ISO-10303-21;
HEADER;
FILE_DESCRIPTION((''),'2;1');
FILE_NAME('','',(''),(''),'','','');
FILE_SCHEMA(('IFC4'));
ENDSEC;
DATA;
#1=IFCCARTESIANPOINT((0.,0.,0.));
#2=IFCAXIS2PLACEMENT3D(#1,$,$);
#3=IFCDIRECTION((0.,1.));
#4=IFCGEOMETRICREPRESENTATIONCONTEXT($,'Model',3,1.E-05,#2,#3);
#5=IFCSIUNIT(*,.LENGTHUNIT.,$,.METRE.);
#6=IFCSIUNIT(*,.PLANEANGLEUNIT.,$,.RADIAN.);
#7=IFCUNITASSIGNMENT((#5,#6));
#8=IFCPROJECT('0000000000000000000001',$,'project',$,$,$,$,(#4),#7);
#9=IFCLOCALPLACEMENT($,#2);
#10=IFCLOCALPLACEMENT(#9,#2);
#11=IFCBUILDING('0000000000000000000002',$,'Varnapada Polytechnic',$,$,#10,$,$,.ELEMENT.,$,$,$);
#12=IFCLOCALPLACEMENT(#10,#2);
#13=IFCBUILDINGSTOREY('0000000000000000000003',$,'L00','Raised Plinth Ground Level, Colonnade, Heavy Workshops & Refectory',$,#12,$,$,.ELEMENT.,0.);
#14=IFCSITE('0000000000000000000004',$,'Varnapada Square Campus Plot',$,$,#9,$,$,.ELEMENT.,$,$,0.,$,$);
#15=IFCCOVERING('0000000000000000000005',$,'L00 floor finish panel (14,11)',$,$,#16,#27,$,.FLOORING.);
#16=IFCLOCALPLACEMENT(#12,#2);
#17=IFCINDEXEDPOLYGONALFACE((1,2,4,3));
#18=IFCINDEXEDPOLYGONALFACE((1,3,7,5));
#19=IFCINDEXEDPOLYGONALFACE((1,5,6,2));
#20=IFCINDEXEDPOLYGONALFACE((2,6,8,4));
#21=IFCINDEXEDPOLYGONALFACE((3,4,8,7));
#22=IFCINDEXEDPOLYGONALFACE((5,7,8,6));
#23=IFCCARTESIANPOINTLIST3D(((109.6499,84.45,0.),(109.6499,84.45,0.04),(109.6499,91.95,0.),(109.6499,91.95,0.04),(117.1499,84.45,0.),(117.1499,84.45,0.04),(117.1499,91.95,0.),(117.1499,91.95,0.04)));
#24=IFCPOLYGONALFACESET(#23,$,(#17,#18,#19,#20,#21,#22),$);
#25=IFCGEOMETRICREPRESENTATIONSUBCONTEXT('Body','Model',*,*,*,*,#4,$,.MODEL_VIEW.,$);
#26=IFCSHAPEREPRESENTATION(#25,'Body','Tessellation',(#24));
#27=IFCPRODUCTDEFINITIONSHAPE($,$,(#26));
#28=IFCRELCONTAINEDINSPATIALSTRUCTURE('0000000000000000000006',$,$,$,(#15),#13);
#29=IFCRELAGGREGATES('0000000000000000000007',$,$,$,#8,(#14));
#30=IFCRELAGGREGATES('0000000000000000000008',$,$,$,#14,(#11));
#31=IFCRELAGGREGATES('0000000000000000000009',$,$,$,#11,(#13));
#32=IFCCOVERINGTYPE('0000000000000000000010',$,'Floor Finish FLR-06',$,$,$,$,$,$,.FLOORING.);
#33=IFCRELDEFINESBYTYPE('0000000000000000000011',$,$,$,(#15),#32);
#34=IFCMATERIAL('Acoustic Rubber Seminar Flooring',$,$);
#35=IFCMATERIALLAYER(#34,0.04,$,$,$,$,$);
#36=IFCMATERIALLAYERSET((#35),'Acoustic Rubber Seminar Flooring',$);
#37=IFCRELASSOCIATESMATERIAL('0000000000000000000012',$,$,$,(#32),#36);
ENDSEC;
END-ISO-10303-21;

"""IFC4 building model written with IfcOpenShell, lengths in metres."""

from ifc_helpers import new_model, si_unit, direction, frame, origin, origin_2d, place, context, subcontext, project, spatial, rectangle, extrude, material, layer, layer_set, type_object, element, save


model = new_model("IFC4")

# Units and contexts
model_context = context("Model", 3, precision=1e-05, world=origin(), true_north=direction((0.0, 1.0)))
body_context = subcontext(model_context, "Body", "Model", "MODEL_VIEW")
ifc_project = project(units=[si_unit("LENGTHUNIT", "METRE"), si_unit("PLANEANGLEUNIT", "RADIAN")], contexts=[model_context])

# Site, building, storey
site_placement = place(None, origin())
site = spatial("IfcSite", under=ifc_project, at=site_placement, Name="Varnapada Square Campus Plot", CompositionType="ELEMENT", RefElevation=0.0)
building_placement = place(site_placement, origin())
building = spatial("IfcBuilding", under=site, at=building_placement, Name="Varnapada Polytechnic", CompositionType="ELEMENT")
storey_placement = place(building_placement, origin())
storey = spatial("IfcBuildingStorey", under=building, at=storey_placement, Name="L00", Description="Raised Plinth Ground Level, Colonnade, Heavy Workshops & Refectory", CompositionType="ELEMENT", Elevation=0.0)

# Covering
ifc_material_1 = material(Name="Acoustic Rubber Seminar Flooring")
ifc_layer_1 = layer(ifc_material_1, 0.04)
ifc_layer_set_1 = layer_set([ifc_layer_1], Name="Acoustic Rubber Seminar Flooring")
covering_type_1 = type_object("IfcCoveringType", Name="Floor Finish FLR-06", PredefinedType="FLOORING", material=ifc_layer_set_1)
covering_1_placement = place(storey_placement, frame((113.3999, 88.2, 0.0), z_axis=(0.0, 0.0, 1.0), x_axis=(1.0, 0.0, 0.0)))
element("IfcCovering", 1, at=covering_1_placement, inside=storey, type_object=covering_type_1, Name="L00 floor finish panel (14,11)", PredefinedType="FLOORING", context=body_context, shape_type="SweptSolid", body=[
    extrude(rectangle(XDim=7.5, YDim=7.5, at=origin_2d()), origin(), (0.0, 0.0, 1.0), 0.04),
])

save(model, "model.ifc")
